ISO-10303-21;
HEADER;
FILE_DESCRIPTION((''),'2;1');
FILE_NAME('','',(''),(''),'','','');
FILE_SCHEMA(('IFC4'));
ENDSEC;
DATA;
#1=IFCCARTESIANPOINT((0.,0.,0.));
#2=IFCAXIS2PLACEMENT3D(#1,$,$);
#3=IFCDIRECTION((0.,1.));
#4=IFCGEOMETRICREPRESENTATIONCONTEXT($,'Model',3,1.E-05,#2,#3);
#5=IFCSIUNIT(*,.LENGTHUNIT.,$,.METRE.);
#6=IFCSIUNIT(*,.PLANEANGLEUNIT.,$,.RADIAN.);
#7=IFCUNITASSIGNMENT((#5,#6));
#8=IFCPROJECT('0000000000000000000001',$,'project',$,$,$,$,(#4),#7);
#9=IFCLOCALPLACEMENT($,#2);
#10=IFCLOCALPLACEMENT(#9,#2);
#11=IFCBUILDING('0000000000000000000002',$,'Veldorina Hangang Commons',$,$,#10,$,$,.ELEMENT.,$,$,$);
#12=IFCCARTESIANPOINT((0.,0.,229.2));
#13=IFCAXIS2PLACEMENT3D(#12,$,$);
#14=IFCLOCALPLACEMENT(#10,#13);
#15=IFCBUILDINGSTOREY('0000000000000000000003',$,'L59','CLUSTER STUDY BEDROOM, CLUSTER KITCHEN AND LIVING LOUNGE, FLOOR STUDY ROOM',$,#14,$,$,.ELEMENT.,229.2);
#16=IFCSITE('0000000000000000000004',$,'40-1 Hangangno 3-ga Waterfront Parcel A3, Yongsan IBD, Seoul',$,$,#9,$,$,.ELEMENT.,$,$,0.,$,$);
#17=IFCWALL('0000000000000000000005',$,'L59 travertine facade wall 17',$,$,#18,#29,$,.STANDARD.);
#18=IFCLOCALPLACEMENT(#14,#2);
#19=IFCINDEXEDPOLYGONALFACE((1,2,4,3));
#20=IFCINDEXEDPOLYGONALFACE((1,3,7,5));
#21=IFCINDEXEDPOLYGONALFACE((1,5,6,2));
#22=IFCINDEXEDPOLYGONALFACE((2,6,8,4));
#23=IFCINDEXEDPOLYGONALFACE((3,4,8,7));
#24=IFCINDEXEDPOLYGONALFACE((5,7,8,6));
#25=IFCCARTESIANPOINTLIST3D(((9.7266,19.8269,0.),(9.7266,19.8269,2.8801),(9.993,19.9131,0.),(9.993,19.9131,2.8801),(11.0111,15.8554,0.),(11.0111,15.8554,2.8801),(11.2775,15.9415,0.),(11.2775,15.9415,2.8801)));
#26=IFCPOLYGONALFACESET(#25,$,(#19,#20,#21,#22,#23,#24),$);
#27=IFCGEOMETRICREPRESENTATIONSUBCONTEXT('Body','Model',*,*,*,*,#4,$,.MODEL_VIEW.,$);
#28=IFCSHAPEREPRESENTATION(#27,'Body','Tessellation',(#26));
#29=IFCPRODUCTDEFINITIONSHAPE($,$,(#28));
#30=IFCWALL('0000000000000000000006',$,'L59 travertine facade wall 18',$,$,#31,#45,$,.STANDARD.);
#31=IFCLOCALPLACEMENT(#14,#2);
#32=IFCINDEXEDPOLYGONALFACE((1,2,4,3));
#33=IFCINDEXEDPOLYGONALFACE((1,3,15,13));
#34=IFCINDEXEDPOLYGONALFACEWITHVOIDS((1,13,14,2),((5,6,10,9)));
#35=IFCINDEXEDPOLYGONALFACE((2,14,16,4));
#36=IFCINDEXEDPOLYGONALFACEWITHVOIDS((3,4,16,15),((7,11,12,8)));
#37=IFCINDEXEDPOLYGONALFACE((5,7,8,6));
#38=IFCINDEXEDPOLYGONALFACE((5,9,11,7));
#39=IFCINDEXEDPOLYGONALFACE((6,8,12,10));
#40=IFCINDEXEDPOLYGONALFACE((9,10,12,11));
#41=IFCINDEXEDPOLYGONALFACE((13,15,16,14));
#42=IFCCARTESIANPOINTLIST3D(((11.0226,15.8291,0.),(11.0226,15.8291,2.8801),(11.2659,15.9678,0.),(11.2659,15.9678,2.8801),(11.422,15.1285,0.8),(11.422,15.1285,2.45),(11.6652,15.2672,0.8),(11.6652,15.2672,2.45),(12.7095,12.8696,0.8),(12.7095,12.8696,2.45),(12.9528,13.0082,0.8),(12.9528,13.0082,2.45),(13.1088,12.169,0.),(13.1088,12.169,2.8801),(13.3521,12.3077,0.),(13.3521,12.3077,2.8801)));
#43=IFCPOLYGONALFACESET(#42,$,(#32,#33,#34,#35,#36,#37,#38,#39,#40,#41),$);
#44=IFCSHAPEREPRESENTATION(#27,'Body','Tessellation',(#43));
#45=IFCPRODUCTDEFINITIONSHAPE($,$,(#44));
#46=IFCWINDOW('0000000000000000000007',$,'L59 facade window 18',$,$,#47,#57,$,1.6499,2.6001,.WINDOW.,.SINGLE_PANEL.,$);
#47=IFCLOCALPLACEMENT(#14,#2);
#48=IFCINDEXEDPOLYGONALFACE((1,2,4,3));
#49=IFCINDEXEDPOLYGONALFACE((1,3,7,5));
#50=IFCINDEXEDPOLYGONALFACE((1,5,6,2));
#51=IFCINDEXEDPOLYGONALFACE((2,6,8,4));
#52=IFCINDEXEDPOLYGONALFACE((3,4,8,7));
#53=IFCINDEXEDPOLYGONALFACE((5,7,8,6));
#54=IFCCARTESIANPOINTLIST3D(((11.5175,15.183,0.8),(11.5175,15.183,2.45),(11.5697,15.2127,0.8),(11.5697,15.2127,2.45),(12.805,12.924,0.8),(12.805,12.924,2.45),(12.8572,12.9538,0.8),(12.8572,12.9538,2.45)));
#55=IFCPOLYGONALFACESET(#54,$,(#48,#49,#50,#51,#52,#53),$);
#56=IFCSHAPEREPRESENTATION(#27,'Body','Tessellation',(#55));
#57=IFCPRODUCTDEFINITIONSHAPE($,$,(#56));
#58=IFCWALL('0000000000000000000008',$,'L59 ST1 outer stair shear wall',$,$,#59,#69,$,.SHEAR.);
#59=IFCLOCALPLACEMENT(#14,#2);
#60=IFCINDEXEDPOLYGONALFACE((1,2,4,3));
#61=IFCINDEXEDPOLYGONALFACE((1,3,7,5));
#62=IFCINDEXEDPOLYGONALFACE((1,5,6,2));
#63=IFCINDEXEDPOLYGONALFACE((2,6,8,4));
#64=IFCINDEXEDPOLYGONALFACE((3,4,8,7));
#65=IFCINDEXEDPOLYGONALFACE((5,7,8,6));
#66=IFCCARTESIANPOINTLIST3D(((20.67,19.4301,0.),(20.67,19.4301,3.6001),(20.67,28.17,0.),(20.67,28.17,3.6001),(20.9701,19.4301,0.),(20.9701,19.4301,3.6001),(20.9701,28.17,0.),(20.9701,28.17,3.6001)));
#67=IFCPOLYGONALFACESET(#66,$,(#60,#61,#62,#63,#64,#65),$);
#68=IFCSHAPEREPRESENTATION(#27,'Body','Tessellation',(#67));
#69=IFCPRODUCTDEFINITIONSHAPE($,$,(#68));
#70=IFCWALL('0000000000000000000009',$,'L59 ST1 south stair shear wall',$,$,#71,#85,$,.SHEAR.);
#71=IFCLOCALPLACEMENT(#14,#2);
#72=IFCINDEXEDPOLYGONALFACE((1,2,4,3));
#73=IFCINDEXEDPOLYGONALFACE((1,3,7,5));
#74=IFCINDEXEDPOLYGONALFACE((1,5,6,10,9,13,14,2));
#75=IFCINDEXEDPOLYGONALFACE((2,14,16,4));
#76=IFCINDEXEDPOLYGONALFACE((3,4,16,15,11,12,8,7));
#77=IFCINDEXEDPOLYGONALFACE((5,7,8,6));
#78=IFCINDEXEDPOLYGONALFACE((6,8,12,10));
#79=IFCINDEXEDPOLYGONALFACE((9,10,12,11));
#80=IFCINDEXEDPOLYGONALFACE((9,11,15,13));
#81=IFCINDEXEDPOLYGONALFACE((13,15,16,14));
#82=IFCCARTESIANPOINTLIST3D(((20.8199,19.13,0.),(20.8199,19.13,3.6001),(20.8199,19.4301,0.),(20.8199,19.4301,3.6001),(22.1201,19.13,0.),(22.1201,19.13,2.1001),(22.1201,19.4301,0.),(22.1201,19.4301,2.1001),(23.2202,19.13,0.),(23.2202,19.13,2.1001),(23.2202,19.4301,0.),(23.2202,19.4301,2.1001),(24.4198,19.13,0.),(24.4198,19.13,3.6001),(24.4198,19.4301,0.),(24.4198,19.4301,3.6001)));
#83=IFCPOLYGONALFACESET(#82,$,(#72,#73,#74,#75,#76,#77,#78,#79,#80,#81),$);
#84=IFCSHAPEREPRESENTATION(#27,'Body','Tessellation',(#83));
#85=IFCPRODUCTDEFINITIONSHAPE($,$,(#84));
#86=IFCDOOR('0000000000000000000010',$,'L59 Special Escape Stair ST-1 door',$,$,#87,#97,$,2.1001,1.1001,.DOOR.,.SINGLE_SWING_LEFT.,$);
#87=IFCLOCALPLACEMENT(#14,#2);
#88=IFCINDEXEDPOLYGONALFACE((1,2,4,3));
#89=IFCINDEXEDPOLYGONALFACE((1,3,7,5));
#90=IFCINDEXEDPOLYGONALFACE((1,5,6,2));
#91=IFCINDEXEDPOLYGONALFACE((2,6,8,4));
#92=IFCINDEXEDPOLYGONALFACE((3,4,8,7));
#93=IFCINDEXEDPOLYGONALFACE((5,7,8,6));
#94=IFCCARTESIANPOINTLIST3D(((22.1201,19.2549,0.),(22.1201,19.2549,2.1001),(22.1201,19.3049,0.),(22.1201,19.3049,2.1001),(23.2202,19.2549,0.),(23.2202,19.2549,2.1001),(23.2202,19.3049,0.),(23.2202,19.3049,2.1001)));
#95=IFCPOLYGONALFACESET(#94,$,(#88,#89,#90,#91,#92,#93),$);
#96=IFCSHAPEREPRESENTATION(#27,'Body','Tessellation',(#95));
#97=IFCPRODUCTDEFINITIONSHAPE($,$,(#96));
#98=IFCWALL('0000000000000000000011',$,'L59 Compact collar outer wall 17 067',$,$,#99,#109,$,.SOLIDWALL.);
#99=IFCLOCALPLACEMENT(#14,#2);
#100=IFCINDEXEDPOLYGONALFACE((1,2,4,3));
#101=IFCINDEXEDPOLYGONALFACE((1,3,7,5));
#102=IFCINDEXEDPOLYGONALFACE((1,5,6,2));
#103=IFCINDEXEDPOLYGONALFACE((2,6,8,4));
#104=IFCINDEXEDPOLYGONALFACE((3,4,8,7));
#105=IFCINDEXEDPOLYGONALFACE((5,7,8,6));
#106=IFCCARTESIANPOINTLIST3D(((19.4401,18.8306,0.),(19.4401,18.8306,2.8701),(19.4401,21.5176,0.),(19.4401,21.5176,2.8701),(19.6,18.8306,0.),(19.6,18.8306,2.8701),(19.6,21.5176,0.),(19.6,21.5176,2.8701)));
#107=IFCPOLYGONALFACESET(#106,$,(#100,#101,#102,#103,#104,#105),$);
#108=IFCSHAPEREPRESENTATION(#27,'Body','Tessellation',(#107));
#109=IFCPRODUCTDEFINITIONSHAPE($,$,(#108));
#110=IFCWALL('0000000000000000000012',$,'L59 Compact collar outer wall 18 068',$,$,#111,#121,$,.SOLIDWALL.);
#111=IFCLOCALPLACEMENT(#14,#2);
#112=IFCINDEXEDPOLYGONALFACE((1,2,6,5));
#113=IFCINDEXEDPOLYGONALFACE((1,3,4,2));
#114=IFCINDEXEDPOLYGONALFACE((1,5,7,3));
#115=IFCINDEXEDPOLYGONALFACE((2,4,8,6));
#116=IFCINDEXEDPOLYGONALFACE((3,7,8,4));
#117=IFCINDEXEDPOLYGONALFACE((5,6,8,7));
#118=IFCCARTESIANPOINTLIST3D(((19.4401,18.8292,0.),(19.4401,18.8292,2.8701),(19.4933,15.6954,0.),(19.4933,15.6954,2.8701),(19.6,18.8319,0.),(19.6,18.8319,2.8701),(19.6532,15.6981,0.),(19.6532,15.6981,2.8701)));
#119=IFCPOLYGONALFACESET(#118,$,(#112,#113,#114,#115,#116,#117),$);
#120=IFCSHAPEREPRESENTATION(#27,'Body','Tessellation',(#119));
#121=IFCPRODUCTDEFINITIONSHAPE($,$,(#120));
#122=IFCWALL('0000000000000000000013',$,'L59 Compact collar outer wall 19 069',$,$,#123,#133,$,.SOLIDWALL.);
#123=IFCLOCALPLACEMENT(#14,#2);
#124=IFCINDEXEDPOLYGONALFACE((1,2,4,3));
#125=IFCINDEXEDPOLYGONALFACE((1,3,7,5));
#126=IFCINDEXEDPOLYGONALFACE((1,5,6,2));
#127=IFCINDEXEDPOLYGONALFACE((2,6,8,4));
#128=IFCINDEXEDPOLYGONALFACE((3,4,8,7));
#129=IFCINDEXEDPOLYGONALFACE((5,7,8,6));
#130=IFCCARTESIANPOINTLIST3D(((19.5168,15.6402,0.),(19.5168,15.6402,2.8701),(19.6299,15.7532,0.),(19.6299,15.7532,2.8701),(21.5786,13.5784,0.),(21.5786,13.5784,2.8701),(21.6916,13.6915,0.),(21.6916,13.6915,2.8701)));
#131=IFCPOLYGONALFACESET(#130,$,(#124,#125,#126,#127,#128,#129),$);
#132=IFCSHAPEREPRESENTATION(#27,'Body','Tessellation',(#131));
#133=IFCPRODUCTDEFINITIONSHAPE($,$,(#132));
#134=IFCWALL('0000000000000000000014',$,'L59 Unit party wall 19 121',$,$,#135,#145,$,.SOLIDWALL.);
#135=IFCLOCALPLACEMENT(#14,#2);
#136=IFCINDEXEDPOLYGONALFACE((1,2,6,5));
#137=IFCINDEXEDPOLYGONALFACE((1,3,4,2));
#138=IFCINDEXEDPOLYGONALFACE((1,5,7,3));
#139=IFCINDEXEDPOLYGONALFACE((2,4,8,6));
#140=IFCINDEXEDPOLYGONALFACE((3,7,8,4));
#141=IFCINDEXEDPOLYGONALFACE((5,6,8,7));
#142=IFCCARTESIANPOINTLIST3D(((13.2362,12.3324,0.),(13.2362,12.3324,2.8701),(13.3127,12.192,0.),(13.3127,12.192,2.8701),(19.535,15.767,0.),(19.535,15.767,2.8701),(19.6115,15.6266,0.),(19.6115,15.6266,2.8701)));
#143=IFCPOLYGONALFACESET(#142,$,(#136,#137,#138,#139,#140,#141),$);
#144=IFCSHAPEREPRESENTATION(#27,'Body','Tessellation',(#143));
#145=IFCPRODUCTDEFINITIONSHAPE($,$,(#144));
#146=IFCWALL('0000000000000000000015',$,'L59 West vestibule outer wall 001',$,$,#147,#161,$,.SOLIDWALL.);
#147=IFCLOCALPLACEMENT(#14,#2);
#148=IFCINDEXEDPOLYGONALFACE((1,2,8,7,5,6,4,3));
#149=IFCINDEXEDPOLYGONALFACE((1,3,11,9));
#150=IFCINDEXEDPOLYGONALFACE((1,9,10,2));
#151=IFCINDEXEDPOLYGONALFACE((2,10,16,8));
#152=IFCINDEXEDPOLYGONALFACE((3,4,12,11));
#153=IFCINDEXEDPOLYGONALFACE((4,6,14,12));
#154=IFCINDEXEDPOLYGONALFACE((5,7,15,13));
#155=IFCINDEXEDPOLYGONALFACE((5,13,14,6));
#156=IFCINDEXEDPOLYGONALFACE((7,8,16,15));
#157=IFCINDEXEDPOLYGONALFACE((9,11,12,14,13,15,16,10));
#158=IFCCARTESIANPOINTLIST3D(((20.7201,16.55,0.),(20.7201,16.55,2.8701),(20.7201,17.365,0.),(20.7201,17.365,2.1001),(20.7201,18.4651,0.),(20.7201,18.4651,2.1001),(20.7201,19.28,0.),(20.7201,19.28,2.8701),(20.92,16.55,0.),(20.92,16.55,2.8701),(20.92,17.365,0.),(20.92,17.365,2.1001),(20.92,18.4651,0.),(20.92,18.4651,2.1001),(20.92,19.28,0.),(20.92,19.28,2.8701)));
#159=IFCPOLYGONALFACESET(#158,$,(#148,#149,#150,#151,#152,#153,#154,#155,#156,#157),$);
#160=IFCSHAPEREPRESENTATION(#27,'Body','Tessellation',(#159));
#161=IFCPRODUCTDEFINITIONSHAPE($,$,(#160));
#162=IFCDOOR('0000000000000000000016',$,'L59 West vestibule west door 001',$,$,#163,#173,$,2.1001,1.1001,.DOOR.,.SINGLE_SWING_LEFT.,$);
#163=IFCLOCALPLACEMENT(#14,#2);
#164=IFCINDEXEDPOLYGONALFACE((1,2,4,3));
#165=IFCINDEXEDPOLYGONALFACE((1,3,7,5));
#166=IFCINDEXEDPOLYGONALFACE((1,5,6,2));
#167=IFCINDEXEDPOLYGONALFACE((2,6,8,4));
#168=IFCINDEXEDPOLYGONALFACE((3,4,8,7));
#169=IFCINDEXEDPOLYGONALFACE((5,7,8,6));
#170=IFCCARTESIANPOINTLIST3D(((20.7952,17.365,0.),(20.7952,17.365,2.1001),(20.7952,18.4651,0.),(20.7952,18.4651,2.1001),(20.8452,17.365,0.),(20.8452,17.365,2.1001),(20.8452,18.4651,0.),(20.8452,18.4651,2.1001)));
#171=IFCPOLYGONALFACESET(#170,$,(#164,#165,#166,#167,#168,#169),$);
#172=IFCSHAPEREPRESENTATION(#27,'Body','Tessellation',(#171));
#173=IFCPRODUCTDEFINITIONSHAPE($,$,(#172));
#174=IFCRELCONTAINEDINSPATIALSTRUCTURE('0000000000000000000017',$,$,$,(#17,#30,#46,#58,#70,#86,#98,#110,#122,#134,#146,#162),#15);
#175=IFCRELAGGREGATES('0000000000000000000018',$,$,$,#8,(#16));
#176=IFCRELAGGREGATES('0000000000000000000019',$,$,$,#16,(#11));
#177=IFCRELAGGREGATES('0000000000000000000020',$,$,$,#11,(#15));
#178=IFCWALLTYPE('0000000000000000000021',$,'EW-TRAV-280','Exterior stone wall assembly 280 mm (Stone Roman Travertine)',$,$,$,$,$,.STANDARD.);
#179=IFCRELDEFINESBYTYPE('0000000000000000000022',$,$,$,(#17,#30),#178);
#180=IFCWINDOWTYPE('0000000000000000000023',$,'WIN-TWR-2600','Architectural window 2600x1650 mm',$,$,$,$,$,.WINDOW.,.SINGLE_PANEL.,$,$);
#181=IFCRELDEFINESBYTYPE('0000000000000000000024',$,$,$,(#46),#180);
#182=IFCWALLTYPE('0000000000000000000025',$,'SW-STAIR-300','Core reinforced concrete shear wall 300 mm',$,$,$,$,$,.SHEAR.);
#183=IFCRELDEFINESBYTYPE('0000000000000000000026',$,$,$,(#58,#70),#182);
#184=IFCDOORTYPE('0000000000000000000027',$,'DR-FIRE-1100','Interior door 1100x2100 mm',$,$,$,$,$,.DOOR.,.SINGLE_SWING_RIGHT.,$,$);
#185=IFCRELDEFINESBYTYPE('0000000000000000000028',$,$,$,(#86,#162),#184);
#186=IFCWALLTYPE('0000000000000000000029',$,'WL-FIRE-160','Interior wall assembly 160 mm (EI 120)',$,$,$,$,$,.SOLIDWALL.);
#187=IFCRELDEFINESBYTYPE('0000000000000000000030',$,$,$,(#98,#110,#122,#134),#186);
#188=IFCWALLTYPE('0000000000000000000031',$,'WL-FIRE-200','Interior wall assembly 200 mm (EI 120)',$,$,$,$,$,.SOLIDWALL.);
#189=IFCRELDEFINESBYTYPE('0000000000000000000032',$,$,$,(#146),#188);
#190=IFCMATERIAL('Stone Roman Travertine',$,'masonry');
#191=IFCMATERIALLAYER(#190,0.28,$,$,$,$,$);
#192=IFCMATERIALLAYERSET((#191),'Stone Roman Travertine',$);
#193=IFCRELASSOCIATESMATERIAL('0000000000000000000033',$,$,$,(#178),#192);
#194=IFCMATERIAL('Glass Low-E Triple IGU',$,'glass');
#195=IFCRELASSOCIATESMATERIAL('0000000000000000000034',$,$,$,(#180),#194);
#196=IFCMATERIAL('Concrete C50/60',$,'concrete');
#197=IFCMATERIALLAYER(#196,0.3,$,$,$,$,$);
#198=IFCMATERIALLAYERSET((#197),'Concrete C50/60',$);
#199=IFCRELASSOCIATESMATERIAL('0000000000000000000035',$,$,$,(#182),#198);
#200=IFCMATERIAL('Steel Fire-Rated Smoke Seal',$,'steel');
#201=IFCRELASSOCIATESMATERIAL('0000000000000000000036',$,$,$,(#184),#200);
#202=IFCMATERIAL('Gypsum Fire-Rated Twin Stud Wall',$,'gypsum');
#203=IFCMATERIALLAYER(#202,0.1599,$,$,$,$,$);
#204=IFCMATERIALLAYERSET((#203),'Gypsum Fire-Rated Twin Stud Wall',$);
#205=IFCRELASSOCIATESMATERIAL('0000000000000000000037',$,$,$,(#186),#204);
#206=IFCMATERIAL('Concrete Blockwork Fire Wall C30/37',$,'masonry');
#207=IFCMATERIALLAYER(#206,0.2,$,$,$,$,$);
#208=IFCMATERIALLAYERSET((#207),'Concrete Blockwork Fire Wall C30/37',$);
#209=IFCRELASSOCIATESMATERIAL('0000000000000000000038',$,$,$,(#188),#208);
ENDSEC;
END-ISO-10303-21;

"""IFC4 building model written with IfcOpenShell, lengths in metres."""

from ifc_helpers import new_model, si_unit, direction, frame, frame_2d, origin, place, context, subcontext, project, spatial, rectangle, extrude, material, layer, layer_set, type_object, element, fill, save


model = new_model("IFC4")

# Units and contexts
model_context = context("Model", 3, precision=1e-05, world=origin(), true_north=direction((0.0, 1.0)))
body_context = subcontext(model_context, "Body", "Model", "MODEL_VIEW")
ifc_project = project(units=[si_unit("LENGTHUNIT", "METRE"), si_unit("PLANEANGLEUNIT", "RADIAN")], contexts=[model_context])

# Site, building, storey
site_placement = place(None, origin())
site = spatial("IfcSite", under=ifc_project, at=site_placement, Name="40-1 Hangangno 3-ga Waterfront Parcel A3, Yongsan IBD, Seoul", CompositionType="ELEMENT", RefElevation=0.0)
building_placement = place(site_placement, origin())
building = spatial("IfcBuilding", under=site, at=building_placement, Name="Veldorina Hangang Commons", CompositionType="ELEMENT")
storey_placement = place(building_placement, frame((0.0, 0.0, 229.2)))
storey = spatial("IfcBuildingStorey", under=building, at=storey_placement, Name="L59", Description="CLUSTER STUDY BEDROOM, CLUSTER KITCHEN AND LIVING LOUNGE, FLOOR STUDY ROOM", CompositionType="ELEMENT", Elevation=229.2)

# Wall
ifc_material_1 = material(Name="Stone Roman Travertine", Category="masonry")
ifc_layer_1 = layer(ifc_material_1, 0.28)
ifc_layer_set_1 = layer_set([ifc_layer_1], Name="Stone Roman Travertine")
wall_type_1 = type_object("IfcWallType", Name="EW-TRAV-280", Description="Exterior stone wall assembly 280 mm (Stone Roman Travertine)", PredefinedType="STANDARD", material=ifc_layer_set_1)
wall_1_placement = place(storey_placement, frame((9.8599, 19.8699, 0.0), z_axis=(0.0, 0.0, 1.0), x_axis=(0.307722, -0.951476, 0.0)))
element("IfcWall", 1, at=wall_1_placement, inside=storey, type_object=wall_type_1, Name="L59 travertine facade wall 17", PredefinedType="STANDARD", context=body_context, shape_type="SweptSolid", body=[
    extrude(rectangle(XDim=4.1741, YDim=0.28, at=frame_2d((2.0869, 0.0))), origin(), (0.0, 0.0, 1.0), 2.8801),
])

# Wall, opening, window
wall_2_placement = place(storey_placement, frame((11.1443, 15.8984, 0.0), z_axis=(0.0, 0.0, 1.0), x_axis=(0.495184, -0.868788, 0.0)))
wall_2 = element("IfcWall", 2, at=wall_2_placement, inside=storey, type_object=wall_type_1, Name="L59 travertine facade wall 18", PredefinedType="STANDARD", context=body_context, shape_type="SweptSolid", body=[
    extrude(rectangle(XDim=4.2129, YDim=0.28, at=frame_2d((2.1064, 0.0))), origin(), (0.0, 0.0, 1.0), 2.8801),
])
opening_1_placement = place(wall_2_placement, frame((0.8064, 0.0, 0.8)))
opening_1 = element("IfcOpeningElement", 3, at=opening_1_placement, cuts=wall_2, PredefinedType="OPENING", context=body_context, shape_type="SweptSolid", body=[
    extrude(rectangle(XDim=2.6001, YDim=1.6499, at=frame_2d((1.3, 0.825))), frame((0.0, 0.1499, 0.0), z_axis=(0.0, -1.0, 0.0), x_axis=(1.0, 0.0, 0.0)), (0.0, 0.0, 1.0), 0.3),
])
ifc_material_2 = material(Name="Glass Low-E Triple IGU", Category="glass")
window_type = type_object("IfcWindowType", Name="WIN-TWR-2600", Description="Architectural window 2600x1650 mm", PartitioningType="SINGLE_PANEL", PredefinedType="WINDOW", material=ifc_material_2)
window_placement = place(opening_1_placement, origin())
window = element("IfcWindow", 4, at=window_placement, inside=storey, type_object=window_type, Name="L59 facade window 18", OverallHeight=1.6499, OverallWidth=2.6001, PartitioningType="SINGLE_PANEL", PredefinedType="WINDOW", context=body_context, shape_type="SweptSolid", body=[
    extrude(rectangle(XDim=2.6001, YDim=1.6499, at=frame_2d((1.3, 0.825))), frame((0.0, 0.03, 0.0), z_axis=(0.0, -1.0, 0.0), x_axis=(1.0, 0.0, 0.0)), (0.0, 0.0, 1.0), 0.0601),
])
fill(opening_1, window)

# Wall
ifc_material_3 = material(Name="Concrete C50/60", Category="concrete")
ifc_layer_2 = layer(ifc_material_3, 0.3)
ifc_layer_set_2 = layer_set([ifc_layer_2], Name="Concrete C50/60")
wall_type_2 = type_object("IfcWallType", Name="SW-STAIR-300", Description="Core reinforced concrete shear wall 300 mm", PredefinedType="SHEAR", material=ifc_layer_set_2)
wall_3_placement = place(storey_placement, frame((20.8201, 19.4299, 0.0), z_axis=(0.0, 0.0, 1.0), x_axis=(0.0, 1.0, 0.0)))
element("IfcWall", 5, at=wall_3_placement, inside=storey, type_object=wall_type_2, Name="L59 ST1 outer stair shear wall", PredefinedType="SHEAR", context=body_context, shape_type="SweptSolid", body=[
    extrude(rectangle(XDim=8.74, YDim=0.3, at=frame_2d((4.3701, 0.0))), origin(), (0.0, 0.0, 1.0), 3.6001),
])

# Wall, opening, door
wall_4_placement = place(storey_placement, frame((20.8201, 19.28, 0.0), z_axis=(0.0, 0.0, 1.0), x_axis=(1.0, 0.0, 0.0)))
wall_4 = element("IfcWall", 6, at=wall_4_placement, inside=storey, type_object=wall_type_2, Name="L59 ST1 south stair shear wall", PredefinedType="SHEAR", context=body_context, shape_type="SweptSolid", body=[
    extrude(rectangle(XDim=3.5999, YDim=0.3, at=frame_2d((1.7998, 0.0))), origin(), (0.0, 0.0, 1.0), 3.6001),
])
opening_2_placement = place(wall_4_placement, frame((1.3, 0.0, 0.0)))
opening_2 = element("IfcOpeningElement", 7, at=opening_2_placement, cuts=wall_4, PredefinedType="OPENING", context=body_context, shape_type="SweptSolid", body=[
    extrude(rectangle(XDim=1.1001, YDim=2.1001, at=frame_2d((0.55, 1.05))), frame((0.0, 0.1602, 0.0), z_axis=(0.0, -1.0, 0.0), x_axis=(1.0, 0.0, 0.0)), (0.0, 0.0, 1.0), 0.3201),
])
ifc_material_4 = material(Name="Steel Fire-Rated Smoke Seal", Category="steel")
door_type_1 = type_object("IfcDoorType", Name="DR-FIRE-1100", Description="Interior door 1100x2100 mm", OperationType="SINGLE_SWING_RIGHT", PredefinedType="DOOR", material=ifc_material_4)
door_1_placement = place(opening_2_placement, origin())
door_1 = element("IfcDoor", 8, at=door_1_placement, inside=storey, type_object=door_type_1, Name="L59 Special Escape Stair ST-1 door", OperationType="SINGLE_SWING_LEFT", OverallHeight=2.1001, OverallWidth=1.1001, PredefinedType="DOOR", context=body_context, shape_type="SweptSolid", body=[
    extrude(rectangle(XDim=1.1001, YDim=2.1001, at=frame_2d((0.55, 1.05))), frame((0.0, 0.0249, 0.0), z_axis=(0.0, -1.0, 0.0), x_axis=(1.0, 0.0, 0.0)), (0.0, 0.0, 1.0), 0.05),
])
fill(opening_2, door_1)

# Walls
ifc_material_5 = material(Name="Gypsum Fire-Rated Twin Stud Wall", Category="gypsum")
ifc_layer_3 = layer(ifc_material_5, 0.1599)
ifc_layer_set_3 = layer_set([ifc_layer_3], Name="Gypsum Fire-Rated Twin Stud Wall")
wall_type_3 = type_object("IfcWallType", Name="WL-FIRE-160", Description="Interior wall assembly 160 mm (EI 120)", PredefinedType="SOLIDWALL", material=ifc_layer_set_3)
wall_5_placement = place(storey_placement, frame((19.52, 21.5176, 0.0), z_axis=(0.0, 0.0, 1.0), x_axis=(0.0, -1.0, 0.0)))
element("IfcWall", 9, at=wall_5_placement, inside=storey, type_object=wall_type_3, Name="L59 Compact collar outer wall 17 067", PredefinedType="SOLIDWALL", context=body_context, shape_type="SweptSolid", body=[
    extrude(rectangle(XDim=2.687, YDim=0.1599, at=frame_2d((1.3435, 0.0))), origin(), (0.0, 0.0, 1.0), 2.8701),
])
wall_6_placement = place(storey_placement, frame((19.52, 18.8306, 0.0), z_axis=(0.0, 0.0, 1.0), x_axis=(0.016981, -0.999856, 0.0)))
element("IfcWall", 10, at=wall_6_placement, inside=storey, type_object=wall_type_3, Name="L59 Compact collar outer wall 18 068", PredefinedType="SOLIDWALL", context=body_context, shape_type="SweptSolid", body=[
    extrude(rectangle(XDim=3.1343, YDim=0.1599, at=frame_2d((1.5671, 0.0))), origin(), (0.0, 0.0, 1.0), 2.8701),
])
wall_7_placement = place(storey_placement, frame((19.5732, 15.6968, 0.0), z_axis=(0.0, 0.0, 1.0), x_axis=(0.707107, -0.707107, 0.0)))
element("IfcWall", 11, at=wall_7_placement, inside=storey, type_object=wall_type_3, Name="L59 Compact collar outer wall 19 069", PredefinedType="SOLIDWALL", context=body_context, shape_type="SweptSolid", body=[
    extrude(rectangle(XDim=2.9158, YDim=0.1599, at=frame_2d((1.458, 0.0))), origin(), (0.0, 0.0, 1.0), 2.8701),
])
wall_8_placement = place(storey_placement, frame((19.5732, 15.6968, 0.0), z_axis=(0.0, 0.0, 1.0), x_axis=(-0.877963, -0.478728, 0.0)))
element("IfcWall", 12, at=wall_8_placement, inside=storey, type_object=wall_type_3, Name="L59 Unit party wall 19 121", PredefinedType="SOLIDWALL", context=body_context, shape_type="SweptSolid", body=[
    extrude(rectangle(XDim=7.1743, YDim=0.1599, at=frame_2d((3.5872, 0.0))), origin(), (0.0, 0.0, 1.0), 2.8701),
])

# Wall, opening, door
ifc_material_6 = material(Name="Concrete Blockwork Fire Wall C30/37", Category="masonry")
ifc_layer_4 = layer(ifc_material_6, 0.2)
ifc_layer_set_4 = layer_set([ifc_layer_4], Name="Concrete Blockwork Fire Wall C30/37")
wall_type_4 = type_object("IfcWallType", Name="WL-FIRE-200", Description="Interior wall assembly 200 mm (EI 120)", PredefinedType="SOLIDWALL", material=ifc_layer_set_4)
wall_9_placement = place(storey_placement, frame((20.8201, 16.55, 0.0), z_axis=(0.0, 0.0, 1.0), x_axis=(0.0, 1.0, 0.0)))
wall_9 = element("IfcWall", 13, at=wall_9_placement, inside=storey, type_object=wall_type_4, Name="L59 West vestibule outer wall 001", PredefinedType="SOLIDWALL", context=body_context, shape_type="SweptSolid", body=[
    extrude(rectangle(XDim=2.73, YDim=0.2, at=frame_2d((1.365, 0.0))), origin(), (0.0, 0.0, 1.0), 2.8701),
])
opening_3_placement = place(wall_9_placement, frame((0.8149, 0.0, 0.0)))
opening_3 = element("IfcOpeningElement", 14, at=opening_3_placement, cuts=wall_9, PredefinedType="OPENING", context=body_context, shape_type="SweptSolid", body=[
    extrude(rectangle(XDim=1.1001, YDim=2.1001, at=frame_2d((0.55, 1.05))), frame((0.0, 0.1099, 0.0), z_axis=(0.0, -1.0, 0.0), x_axis=(1.0, 0.0, 0.0)), (0.0, 0.0, 1.0), 0.22),
])
door_2_placement = place(opening_3_placement, origin())
door_2 = element("IfcDoor", 15, at=door_2_placement, inside=storey, type_object=door_type_1, Name="L59 West vestibule west door 001", OperationType="SINGLE_SWING_LEFT", OverallHeight=2.1001, OverallWidth=1.1001, PredefinedType="DOOR", context=body_context, shape_type="SweptSolid", body=[
    extrude(rectangle(XDim=1.1001, YDim=2.1001, at=frame_2d((0.55, 1.05))), frame((0.0, 0.0249, 0.0), z_axis=(0.0, -1.0, 0.0), x_axis=(1.0, 0.0, 0.0)), (0.0, 0.0, 1.0), 0.05),
])
fill(opening_3, door_2)

save(model, "model.ifc")
